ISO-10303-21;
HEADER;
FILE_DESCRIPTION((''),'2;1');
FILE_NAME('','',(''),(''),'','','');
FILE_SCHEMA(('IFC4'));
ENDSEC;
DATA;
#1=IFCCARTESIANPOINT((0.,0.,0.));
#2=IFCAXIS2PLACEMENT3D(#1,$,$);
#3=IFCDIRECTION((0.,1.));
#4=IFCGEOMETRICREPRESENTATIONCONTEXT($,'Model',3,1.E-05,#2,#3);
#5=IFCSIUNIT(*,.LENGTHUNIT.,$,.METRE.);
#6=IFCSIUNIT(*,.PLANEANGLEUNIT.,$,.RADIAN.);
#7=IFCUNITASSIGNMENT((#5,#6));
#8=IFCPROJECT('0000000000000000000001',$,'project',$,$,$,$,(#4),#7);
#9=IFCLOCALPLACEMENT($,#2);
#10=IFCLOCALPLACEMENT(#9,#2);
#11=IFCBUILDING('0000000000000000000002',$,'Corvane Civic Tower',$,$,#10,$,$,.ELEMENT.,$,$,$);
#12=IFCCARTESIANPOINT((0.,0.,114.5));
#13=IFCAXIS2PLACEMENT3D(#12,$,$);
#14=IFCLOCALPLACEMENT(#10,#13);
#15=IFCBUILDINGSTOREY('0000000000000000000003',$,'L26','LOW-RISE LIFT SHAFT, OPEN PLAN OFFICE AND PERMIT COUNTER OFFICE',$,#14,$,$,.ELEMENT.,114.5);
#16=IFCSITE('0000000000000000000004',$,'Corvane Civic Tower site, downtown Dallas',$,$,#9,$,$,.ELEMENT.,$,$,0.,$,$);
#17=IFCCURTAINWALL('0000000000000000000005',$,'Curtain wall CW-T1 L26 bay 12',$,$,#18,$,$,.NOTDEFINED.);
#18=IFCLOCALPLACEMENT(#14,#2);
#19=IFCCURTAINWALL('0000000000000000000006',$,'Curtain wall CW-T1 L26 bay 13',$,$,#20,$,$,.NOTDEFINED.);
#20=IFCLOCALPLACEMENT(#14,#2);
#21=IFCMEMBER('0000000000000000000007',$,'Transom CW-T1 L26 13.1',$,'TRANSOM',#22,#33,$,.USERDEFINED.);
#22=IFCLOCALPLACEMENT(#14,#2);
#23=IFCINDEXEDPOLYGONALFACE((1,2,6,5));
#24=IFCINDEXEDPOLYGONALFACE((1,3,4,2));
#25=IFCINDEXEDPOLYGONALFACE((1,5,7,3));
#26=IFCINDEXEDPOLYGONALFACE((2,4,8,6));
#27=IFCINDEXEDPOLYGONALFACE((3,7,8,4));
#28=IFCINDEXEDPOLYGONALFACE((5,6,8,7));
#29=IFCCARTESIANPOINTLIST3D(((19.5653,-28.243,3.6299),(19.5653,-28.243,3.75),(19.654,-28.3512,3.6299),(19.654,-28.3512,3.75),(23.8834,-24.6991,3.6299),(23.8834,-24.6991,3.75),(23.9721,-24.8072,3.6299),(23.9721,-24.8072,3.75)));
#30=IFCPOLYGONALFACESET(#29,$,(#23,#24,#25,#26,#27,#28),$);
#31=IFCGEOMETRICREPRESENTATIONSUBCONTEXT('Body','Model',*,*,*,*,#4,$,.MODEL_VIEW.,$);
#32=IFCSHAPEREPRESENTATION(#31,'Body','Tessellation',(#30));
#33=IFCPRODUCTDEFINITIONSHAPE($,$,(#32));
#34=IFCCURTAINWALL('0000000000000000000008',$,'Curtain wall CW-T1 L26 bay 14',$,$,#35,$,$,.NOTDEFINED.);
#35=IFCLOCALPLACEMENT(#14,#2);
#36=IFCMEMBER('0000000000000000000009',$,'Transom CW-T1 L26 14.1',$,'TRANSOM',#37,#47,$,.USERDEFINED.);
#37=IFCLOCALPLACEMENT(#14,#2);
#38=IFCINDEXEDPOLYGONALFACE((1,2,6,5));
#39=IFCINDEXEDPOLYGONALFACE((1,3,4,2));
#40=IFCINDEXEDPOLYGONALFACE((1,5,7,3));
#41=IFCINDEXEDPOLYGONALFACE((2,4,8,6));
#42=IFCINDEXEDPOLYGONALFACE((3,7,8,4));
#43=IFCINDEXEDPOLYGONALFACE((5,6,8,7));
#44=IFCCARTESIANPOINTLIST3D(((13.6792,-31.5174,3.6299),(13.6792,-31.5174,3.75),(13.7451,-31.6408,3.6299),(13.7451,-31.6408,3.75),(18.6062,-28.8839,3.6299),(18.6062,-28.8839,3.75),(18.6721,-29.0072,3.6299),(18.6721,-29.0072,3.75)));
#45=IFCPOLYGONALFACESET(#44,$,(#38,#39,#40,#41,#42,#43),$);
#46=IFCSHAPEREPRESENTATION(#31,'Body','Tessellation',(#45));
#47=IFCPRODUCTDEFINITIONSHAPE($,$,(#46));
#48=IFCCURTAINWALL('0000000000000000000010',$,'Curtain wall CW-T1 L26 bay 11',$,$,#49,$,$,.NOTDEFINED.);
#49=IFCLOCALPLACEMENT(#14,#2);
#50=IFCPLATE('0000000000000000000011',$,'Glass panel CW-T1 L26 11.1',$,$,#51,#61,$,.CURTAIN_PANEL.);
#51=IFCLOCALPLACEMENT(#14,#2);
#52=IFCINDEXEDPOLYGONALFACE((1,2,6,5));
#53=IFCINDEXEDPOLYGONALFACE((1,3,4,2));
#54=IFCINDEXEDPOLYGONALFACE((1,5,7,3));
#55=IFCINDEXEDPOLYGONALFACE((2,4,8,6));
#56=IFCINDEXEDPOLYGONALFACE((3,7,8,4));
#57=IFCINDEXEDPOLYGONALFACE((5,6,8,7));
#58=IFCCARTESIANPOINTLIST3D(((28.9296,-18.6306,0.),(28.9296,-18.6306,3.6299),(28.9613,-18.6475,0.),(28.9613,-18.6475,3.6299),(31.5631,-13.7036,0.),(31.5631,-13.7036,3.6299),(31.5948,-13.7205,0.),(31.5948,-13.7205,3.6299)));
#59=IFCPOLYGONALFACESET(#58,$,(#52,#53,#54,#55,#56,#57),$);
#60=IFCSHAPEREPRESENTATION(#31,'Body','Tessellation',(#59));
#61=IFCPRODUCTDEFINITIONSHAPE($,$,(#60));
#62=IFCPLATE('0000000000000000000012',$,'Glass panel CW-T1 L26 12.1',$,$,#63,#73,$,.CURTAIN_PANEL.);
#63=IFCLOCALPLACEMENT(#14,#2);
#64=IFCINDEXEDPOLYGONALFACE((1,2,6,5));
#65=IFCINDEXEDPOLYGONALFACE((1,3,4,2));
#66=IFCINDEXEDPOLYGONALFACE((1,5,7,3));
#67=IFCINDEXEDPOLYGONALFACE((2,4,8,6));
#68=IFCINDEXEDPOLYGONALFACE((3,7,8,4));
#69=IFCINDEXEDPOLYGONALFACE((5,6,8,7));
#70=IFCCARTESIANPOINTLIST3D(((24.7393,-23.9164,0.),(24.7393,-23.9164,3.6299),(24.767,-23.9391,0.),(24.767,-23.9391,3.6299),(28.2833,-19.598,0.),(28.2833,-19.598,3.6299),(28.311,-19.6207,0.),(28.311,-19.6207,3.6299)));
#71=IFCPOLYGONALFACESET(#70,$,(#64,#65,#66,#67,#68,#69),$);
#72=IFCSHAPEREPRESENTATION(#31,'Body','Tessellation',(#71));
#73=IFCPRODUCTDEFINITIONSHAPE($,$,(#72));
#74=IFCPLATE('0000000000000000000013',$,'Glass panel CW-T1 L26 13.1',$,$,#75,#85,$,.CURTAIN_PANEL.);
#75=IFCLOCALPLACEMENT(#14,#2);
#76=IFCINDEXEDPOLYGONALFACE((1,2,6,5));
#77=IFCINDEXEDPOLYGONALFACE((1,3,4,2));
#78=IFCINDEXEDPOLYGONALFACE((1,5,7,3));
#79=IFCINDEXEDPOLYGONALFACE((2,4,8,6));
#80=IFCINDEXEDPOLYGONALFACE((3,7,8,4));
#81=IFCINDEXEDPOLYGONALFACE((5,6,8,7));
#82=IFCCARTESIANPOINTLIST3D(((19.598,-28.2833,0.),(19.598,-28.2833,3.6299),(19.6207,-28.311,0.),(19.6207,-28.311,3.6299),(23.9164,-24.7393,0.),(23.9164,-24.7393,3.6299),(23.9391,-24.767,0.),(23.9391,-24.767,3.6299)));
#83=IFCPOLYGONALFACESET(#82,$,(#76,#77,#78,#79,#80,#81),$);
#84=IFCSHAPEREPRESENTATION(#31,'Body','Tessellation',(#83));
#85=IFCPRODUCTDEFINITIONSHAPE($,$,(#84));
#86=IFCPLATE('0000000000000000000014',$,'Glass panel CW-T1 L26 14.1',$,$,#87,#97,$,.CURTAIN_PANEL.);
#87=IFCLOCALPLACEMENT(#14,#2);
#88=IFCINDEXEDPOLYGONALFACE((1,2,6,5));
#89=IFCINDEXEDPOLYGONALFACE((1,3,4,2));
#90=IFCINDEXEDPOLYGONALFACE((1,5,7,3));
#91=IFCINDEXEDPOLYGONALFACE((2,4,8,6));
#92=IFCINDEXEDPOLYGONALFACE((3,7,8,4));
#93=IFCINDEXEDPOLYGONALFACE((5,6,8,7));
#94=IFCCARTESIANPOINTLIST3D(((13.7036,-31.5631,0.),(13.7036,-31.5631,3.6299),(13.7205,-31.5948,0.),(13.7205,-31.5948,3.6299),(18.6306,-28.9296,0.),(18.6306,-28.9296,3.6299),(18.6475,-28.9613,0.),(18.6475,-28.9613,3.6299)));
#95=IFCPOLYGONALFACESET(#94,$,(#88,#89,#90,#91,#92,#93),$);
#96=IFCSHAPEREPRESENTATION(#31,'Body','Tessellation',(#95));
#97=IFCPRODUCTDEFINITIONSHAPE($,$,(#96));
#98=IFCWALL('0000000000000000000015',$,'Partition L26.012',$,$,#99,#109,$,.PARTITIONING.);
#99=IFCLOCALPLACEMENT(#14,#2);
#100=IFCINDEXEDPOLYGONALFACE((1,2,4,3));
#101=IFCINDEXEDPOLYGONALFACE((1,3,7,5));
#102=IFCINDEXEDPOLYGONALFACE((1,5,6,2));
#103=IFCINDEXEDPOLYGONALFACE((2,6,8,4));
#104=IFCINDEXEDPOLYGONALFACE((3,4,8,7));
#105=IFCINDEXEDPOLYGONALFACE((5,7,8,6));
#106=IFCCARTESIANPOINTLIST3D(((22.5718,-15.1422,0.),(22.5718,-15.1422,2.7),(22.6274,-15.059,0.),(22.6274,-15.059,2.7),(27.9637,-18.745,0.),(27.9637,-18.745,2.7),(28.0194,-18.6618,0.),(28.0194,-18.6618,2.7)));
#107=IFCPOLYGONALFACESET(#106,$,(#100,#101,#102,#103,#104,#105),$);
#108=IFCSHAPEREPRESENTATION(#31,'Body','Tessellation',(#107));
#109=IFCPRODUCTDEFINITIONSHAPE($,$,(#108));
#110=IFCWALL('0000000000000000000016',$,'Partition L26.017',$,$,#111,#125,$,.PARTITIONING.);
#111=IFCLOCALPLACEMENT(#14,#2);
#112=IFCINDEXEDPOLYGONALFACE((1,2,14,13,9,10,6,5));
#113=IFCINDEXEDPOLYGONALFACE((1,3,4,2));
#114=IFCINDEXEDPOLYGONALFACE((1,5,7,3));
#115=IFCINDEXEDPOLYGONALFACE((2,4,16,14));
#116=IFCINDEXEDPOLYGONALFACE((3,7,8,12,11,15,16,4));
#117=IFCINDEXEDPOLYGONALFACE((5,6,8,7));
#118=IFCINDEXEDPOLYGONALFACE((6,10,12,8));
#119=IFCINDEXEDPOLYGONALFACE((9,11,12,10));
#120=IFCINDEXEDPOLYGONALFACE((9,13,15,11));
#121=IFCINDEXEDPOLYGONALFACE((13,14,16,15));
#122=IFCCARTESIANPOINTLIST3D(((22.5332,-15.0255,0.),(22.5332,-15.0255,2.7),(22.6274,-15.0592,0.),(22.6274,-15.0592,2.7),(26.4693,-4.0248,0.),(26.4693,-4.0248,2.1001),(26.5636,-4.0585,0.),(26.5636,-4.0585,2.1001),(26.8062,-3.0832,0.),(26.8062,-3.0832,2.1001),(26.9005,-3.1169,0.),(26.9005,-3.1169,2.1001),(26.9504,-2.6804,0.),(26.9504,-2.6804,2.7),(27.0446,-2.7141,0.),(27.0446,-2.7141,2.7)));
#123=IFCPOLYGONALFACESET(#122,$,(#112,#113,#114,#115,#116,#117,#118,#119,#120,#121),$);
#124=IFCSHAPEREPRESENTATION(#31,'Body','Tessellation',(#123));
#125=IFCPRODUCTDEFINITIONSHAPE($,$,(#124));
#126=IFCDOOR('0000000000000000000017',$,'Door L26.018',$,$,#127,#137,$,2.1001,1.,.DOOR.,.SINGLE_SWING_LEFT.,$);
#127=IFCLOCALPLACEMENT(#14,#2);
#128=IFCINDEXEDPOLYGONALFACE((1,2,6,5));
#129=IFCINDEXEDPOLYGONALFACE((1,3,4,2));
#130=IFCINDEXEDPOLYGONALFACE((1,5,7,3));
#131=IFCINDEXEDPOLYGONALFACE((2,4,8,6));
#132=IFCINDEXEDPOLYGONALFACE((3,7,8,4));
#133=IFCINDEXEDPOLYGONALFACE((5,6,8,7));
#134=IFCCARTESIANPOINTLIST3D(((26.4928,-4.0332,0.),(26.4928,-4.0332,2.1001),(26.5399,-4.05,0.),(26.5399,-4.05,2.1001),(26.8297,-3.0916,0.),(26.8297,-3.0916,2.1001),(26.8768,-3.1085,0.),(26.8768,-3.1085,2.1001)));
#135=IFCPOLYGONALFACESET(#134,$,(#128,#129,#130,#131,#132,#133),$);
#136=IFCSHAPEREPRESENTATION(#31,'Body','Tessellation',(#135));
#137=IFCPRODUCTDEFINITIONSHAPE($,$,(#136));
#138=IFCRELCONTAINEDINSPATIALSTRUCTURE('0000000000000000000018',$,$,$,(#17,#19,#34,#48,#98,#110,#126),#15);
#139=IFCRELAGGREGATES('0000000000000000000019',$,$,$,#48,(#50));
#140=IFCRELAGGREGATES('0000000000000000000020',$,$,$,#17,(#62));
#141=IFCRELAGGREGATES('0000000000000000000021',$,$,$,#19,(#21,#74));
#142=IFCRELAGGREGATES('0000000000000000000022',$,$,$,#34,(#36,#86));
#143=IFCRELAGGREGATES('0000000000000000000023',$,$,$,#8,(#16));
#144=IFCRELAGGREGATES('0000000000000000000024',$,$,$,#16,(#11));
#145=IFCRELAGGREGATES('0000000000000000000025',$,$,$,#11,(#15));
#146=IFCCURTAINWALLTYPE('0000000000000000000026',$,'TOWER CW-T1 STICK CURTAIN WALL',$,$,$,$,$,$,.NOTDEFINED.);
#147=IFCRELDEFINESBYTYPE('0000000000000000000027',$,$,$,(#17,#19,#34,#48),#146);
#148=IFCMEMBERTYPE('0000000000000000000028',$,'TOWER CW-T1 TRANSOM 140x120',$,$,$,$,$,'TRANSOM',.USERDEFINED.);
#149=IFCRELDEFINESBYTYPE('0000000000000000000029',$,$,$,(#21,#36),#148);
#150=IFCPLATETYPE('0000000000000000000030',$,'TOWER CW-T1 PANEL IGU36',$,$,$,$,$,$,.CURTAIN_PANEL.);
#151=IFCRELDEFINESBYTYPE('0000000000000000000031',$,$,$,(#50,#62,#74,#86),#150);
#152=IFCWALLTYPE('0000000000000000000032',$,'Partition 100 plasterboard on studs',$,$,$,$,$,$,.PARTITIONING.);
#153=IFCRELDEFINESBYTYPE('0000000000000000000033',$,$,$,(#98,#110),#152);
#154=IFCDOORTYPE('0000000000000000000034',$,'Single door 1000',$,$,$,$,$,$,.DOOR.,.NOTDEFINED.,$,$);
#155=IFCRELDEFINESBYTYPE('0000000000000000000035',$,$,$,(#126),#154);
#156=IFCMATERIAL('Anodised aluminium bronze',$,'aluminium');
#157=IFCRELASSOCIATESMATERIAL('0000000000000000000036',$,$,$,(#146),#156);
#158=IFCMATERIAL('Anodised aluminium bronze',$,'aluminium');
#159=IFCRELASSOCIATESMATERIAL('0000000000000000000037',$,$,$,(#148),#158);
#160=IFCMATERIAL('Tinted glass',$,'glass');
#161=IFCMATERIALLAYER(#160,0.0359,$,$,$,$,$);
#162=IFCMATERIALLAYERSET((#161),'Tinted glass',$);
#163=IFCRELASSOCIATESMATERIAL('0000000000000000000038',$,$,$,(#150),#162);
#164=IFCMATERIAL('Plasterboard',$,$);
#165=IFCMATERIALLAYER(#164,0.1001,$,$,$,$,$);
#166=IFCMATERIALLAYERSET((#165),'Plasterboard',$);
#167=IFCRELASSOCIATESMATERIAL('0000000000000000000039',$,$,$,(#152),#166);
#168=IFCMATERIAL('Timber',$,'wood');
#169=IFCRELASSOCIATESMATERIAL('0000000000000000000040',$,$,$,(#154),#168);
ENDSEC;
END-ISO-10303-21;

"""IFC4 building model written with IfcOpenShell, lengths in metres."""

from ifc_helpers import new_model, si_unit, direction, frame, frame_2d, origin, origin_2d, place, context, subcontext, project, spatial, rectangle, extrude, material, layer, layer_set, material_profile, profile_set, type_object, element, fill, aggregate, save


model = new_model("IFC4")

# Units and contexts
model_context = context("Model", 3, precision=1e-05, world=origin(), true_north=direction((0.0, 1.0)))
body_context = subcontext(model_context, "Body", "Model", "MODEL_VIEW")
ifc_project = project(units=[si_unit("LENGTHUNIT", "METRE"), si_unit("PLANEANGLEUNIT", "RADIAN")], contexts=[model_context])

# Site, building, storey
site_placement = place(None, origin())
site = spatial("IfcSite", under=ifc_project, at=site_placement, Name="Corvane Civic Tower site, downtown Dallas", CompositionType="ELEMENT", RefElevation=0.0)
building_placement = place(site_placement, origin())
building = spatial("IfcBuilding", under=site, at=building_placement, Name="Corvane Civic Tower", CompositionType="ELEMENT")
storey_placement = place(building_placement, frame((0.0, 0.0, 114.5)))
storey = spatial("IfcBuildingStorey", under=building, at=storey_placement, Name="L26", Description="LOW-RISE LIFT SHAFT, OPEN PLAN OFFICE AND PERMIT COUNTER OFFICE", CompositionType="ELEMENT", Elevation=114.5)

# Curtain walls, members
ifc_material_1 = material(Name="Anodised aluminium bronze", Category="aluminium")
curtain_wall_type = type_object("IfcCurtainWallType", Name="TOWER CW-T1 STICK CURTAIN WALL", PredefinedType="NOTDEFINED", material=ifc_material_1)
curtain_wall_1_placement = place(storey_placement, origin())
curtain_wall_1 = element("IfcCurtainWall", 1, at=curtain_wall_1_placement, inside=storey, type_object=curtain_wall_type, Name="Curtain wall CW-T1 L26 bay 12", PredefinedType="NOTDEFINED")
ifc_material_2 = material(Name="Anodised aluminium bronze", Category="aluminium")
ifc_material_profile_1 = material_profile(ifc_material_2, rectangle(XDim=0.1399, YDim=0.1201, at=origin_2d()), Name="TOWER CW-T1 TRANSOM 140x120")
ifc_profile_set_1 = profile_set([ifc_material_profile_1], Name="Anodised aluminium bronze")
member_type = type_object("IfcMemberType", Name="TOWER CW-T1 TRANSOM 140x120", ElementType="TRANSOM", PredefinedType="USERDEFINED", material=ifc_profile_set_1)
curtain_wall_2_placement = place(storey_placement, origin())
curtain_wall_2 = element("IfcCurtainWall", 2, at=curtain_wall_2_placement, inside=storey, type_object=curtain_wall_type, Name="Curtain wall CW-T1 L26 bay 13", PredefinedType="NOTDEFINED")
member_1_placement = place(storey_placement, frame((23.9277, -24.7532, 3.6899), z_axis=(-0.772996, -0.63441, 0.0), x_axis=(0.63441, -0.772996, 0.0)))
member_1 = element("IfcMember", 3, at=member_1_placement, type_object=member_type, Name="Transom CW-T1 L26 13.1", ObjectType="TRANSOM", PredefinedType="USERDEFINED", context=body_context, shape_type="SweptSolid", body=[
    extrude(rectangle(XDim=0.1399, YDim=0.1201, at=origin_2d()), origin(), (0.0, 0.0, 1.0), 5.5862),
])
curtain_wall_3_placement = place(storey_placement, origin())
curtain_wall_3 = element("IfcCurtainWall", 4, at=curtain_wall_3_placement, inside=storey, type_object=curtain_wall_type, Name="Curtain wall CW-T1 L26 bay 14", PredefinedType="NOTDEFINED")
member_2_placement = place(storey_placement, frame((18.6392, -28.9456, 3.6899), z_axis=(-0.881921, -0.471398, 0.0), x_axis=(0.471398, -0.881921, 0.0)))
member_2 = element("IfcMember", 5, at=member_2_placement, type_object=member_type, Name="Transom CW-T1 L26 14.1", ObjectType="TRANSOM", PredefinedType="USERDEFINED", context=body_context, shape_type="SweptSolid", body=[
    extrude(rectangle(XDim=0.1399, YDim=0.1201, at=origin_2d()), origin(), (0.0, 0.0, 1.0), 5.5867),
])

# Curtain wall, plate
curtain_wall_4_placement = place(storey_placement, origin())
curtain_wall_4 = element("IfcCurtainWall", 6, at=curtain_wall_4_placement, inside=storey, type_object=curtain_wall_type, Name="Curtain wall CW-T1 L26 bay 11", PredefinedType="NOTDEFINED")
ifc_material_3 = material(Name="Tinted glass", Category="glass")
ifc_layer_1 = layer(ifc_material_3, 0.0359)
ifc_layer_set_1 = layer_set([ifc_layer_1], Name="Tinted glass")
plate_type = type_object("IfcPlateType", Name="TOWER CW-T1 PANEL IGU36", PredefinedType="CURTAIN_PANEL", material=ifc_layer_set_1)
plate_1_placement = place(storey_placement, frame((30.2622, -16.1755, 0.0), z_axis=(0.0, 0.0, 1.0), x_axis=(-0.471392, -0.881924, 0.0)))
plate_1 = element("IfcPlate", 7, at=plate_1_placement, type_object=plate_type, Name="Glass panel CW-T1 L26 11.1", PredefinedType="CURTAIN_PANEL", context=body_context, shape_type="SweptSolid", body=[
    extrude(rectangle(XDim=5.5867, YDim=0.0359, at=origin_2d()), origin(), (0.0, 0.0, 1.0), 3.6299),
])
aggregate(curtain_wall_4, [plate_1])

# Plates
plate_2_placement = place(storey_placement, frame((26.5251, -21.7686, 0.0), z_axis=(0.0, 0.0, 1.0), x_axis=(-0.63439, -0.773013, 0.0)))
plate_2 = element("IfcPlate", 8, at=plate_2_placement, type_object=plate_type, Name="Glass panel CW-T1 L26 12.1", PredefinedType="CURTAIN_PANEL", context=body_context, shape_type="SweptSolid", body=[
    extrude(rectangle(XDim=5.5864, YDim=0.0359, at=origin_2d()), origin(), (0.0, 0.0, 1.0), 3.6299),
])
aggregate(curtain_wall_1, [plate_2])
plate_3_placement = place(storey_placement, frame((21.7686, -26.5251, 0.0), z_axis=(0.0, 0.0, 1.0), x_axis=(-0.773013, -0.63439, 0.0)))
plate_3 = element("IfcPlate", 9, at=plate_3_placement, type_object=plate_type, Name="Glass panel CW-T1 L26 13.1", PredefinedType="CURTAIN_PANEL", context=body_context, shape_type="SweptSolid", body=[
    extrude(rectangle(XDim=5.5864, YDim=0.0359, at=origin_2d()), origin(), (0.0, 0.0, 1.0), 3.6299),
])
aggregate(curtain_wall_2, [member_1, plate_3])
plate_4_placement = place(storey_placement, frame((16.1755, -30.2622, 0.0), z_axis=(0.0, 0.0, 1.0), x_axis=(-0.881924, -0.471392, 0.0)))
plate_4 = element("IfcPlate", 10, at=plate_4_placement, type_object=plate_type, Name="Glass panel CW-T1 L26 14.1", PredefinedType="CURTAIN_PANEL", context=body_context, shape_type="SweptSolid", body=[
    extrude(rectangle(XDim=5.5867, YDim=0.0359, at=origin_2d()), origin(), (0.0, 0.0, 1.0), 3.6299),
])
aggregate(curtain_wall_3, [member_2, plate_4])

# Wall
ifc_material_4 = material(Name="Plasterboard")
ifc_layer_2 = layer(ifc_material_4, 0.1001)
ifc_layer_set_2 = layer_set([ifc_layer_2], Name="Plasterboard")
wall_type_1 = type_object("IfcWallType", Name="Partition 100 plasterboard on studs", PredefinedType="PARTITIONING", material=ifc_layer_set_2)
wall_1_placement = place(storey_placement, frame((22.5996, -15.1006, 0.0), z_axis=(0.0, 0.0, 1.0), x_axis=(0.831465, -0.555577, 0.0)))
element("IfcWall", 11, at=wall_1_placement, inside=storey, type_object=wall_type_1, Name="Partition L26.012", PredefinedType="PARTITIONING", context=body_context, shape_type="SweptSolid", body=[
    extrude(rectangle(XDim=6.4849, YDim=0.1001, at=frame_2d((3.2424, 0.0))), origin(), (0.0, 0.0, 1.0), 2.7),
])

# Wall, opening, door
wall_2_placement = place(storey_placement, frame((22.5803, -15.0422, 0.0), z_axis=(0.0, 0.0, 1.0), x_axis=(0.336893, 0.941543, 0.0)))
wall_2 = element("IfcWall", 12, at=wall_2_placement, inside=storey, type_object=wall_type_1, Name="Partition L26.017", PredefinedType="PARTITIONING", context=body_context, shape_type="SweptSolid", body=[
    extrude(rectangle(XDim=13.1116, YDim=0.1001, at=frame_2d((6.5557, 0.0))), origin(), (0.0, 0.0, 1.0), 2.7),
])
opening_1_placement = place(wall_2_placement, frame((11.6836, 0.0, 0.0)))
opening_1 = element("IfcOpeningElement", 13, at=opening_1_placement, cuts=wall_2, PredefinedType="OPENING", context=body_context, shape_type="SweptSolid", body=[
    extrude(rectangle(XDim=1.0, YDim=2.1001, at=frame_2d((0.5, 1.05))), frame((0.0, 0.0601, 0.0), z_axis=(0.0, -1.0, 0.0), x_axis=(1.0, 0.0, 0.0)), (0.0, 0.0, 1.0), 0.1201),
])
ifc_material_5 = material(Name="Timber", Category="wood")
door_type_1 = type_object("IfcDoorType", Name="Single door 1000", OperationType="NOTDEFINED", PredefinedType="DOOR", material=ifc_material_5)
door_1_placement = place(opening_1_placement, frame((1.0, 0.0, 0.0), z_axis=(0.0, 0.0, 1.0), x_axis=(-1.0, 0.0, 0.0)))
door_1 = element("IfcDoor", 14, at=door_1_placement, inside=storey, type_object=door_type_1, Name="Door L26.018", OperationType="SINGLE_SWING_LEFT", OverallHeight=2.1001, OverallWidth=1.0, PredefinedType="DOOR", context=body_context, shape_type="SweptSolid", body=[
    extrude(rectangle(XDim=1.0, YDim=2.1001, at=frame_2d((0.5, 1.05))), frame((0.0, 0.0249, 0.0), z_axis=(0.0, -1.0, 0.0), x_axis=(1.0, 0.0, 0.0)), (0.0, 0.0, 1.0), 0.05),
])
fill(opening_1, door_1)

save(model, "model.ifc")
